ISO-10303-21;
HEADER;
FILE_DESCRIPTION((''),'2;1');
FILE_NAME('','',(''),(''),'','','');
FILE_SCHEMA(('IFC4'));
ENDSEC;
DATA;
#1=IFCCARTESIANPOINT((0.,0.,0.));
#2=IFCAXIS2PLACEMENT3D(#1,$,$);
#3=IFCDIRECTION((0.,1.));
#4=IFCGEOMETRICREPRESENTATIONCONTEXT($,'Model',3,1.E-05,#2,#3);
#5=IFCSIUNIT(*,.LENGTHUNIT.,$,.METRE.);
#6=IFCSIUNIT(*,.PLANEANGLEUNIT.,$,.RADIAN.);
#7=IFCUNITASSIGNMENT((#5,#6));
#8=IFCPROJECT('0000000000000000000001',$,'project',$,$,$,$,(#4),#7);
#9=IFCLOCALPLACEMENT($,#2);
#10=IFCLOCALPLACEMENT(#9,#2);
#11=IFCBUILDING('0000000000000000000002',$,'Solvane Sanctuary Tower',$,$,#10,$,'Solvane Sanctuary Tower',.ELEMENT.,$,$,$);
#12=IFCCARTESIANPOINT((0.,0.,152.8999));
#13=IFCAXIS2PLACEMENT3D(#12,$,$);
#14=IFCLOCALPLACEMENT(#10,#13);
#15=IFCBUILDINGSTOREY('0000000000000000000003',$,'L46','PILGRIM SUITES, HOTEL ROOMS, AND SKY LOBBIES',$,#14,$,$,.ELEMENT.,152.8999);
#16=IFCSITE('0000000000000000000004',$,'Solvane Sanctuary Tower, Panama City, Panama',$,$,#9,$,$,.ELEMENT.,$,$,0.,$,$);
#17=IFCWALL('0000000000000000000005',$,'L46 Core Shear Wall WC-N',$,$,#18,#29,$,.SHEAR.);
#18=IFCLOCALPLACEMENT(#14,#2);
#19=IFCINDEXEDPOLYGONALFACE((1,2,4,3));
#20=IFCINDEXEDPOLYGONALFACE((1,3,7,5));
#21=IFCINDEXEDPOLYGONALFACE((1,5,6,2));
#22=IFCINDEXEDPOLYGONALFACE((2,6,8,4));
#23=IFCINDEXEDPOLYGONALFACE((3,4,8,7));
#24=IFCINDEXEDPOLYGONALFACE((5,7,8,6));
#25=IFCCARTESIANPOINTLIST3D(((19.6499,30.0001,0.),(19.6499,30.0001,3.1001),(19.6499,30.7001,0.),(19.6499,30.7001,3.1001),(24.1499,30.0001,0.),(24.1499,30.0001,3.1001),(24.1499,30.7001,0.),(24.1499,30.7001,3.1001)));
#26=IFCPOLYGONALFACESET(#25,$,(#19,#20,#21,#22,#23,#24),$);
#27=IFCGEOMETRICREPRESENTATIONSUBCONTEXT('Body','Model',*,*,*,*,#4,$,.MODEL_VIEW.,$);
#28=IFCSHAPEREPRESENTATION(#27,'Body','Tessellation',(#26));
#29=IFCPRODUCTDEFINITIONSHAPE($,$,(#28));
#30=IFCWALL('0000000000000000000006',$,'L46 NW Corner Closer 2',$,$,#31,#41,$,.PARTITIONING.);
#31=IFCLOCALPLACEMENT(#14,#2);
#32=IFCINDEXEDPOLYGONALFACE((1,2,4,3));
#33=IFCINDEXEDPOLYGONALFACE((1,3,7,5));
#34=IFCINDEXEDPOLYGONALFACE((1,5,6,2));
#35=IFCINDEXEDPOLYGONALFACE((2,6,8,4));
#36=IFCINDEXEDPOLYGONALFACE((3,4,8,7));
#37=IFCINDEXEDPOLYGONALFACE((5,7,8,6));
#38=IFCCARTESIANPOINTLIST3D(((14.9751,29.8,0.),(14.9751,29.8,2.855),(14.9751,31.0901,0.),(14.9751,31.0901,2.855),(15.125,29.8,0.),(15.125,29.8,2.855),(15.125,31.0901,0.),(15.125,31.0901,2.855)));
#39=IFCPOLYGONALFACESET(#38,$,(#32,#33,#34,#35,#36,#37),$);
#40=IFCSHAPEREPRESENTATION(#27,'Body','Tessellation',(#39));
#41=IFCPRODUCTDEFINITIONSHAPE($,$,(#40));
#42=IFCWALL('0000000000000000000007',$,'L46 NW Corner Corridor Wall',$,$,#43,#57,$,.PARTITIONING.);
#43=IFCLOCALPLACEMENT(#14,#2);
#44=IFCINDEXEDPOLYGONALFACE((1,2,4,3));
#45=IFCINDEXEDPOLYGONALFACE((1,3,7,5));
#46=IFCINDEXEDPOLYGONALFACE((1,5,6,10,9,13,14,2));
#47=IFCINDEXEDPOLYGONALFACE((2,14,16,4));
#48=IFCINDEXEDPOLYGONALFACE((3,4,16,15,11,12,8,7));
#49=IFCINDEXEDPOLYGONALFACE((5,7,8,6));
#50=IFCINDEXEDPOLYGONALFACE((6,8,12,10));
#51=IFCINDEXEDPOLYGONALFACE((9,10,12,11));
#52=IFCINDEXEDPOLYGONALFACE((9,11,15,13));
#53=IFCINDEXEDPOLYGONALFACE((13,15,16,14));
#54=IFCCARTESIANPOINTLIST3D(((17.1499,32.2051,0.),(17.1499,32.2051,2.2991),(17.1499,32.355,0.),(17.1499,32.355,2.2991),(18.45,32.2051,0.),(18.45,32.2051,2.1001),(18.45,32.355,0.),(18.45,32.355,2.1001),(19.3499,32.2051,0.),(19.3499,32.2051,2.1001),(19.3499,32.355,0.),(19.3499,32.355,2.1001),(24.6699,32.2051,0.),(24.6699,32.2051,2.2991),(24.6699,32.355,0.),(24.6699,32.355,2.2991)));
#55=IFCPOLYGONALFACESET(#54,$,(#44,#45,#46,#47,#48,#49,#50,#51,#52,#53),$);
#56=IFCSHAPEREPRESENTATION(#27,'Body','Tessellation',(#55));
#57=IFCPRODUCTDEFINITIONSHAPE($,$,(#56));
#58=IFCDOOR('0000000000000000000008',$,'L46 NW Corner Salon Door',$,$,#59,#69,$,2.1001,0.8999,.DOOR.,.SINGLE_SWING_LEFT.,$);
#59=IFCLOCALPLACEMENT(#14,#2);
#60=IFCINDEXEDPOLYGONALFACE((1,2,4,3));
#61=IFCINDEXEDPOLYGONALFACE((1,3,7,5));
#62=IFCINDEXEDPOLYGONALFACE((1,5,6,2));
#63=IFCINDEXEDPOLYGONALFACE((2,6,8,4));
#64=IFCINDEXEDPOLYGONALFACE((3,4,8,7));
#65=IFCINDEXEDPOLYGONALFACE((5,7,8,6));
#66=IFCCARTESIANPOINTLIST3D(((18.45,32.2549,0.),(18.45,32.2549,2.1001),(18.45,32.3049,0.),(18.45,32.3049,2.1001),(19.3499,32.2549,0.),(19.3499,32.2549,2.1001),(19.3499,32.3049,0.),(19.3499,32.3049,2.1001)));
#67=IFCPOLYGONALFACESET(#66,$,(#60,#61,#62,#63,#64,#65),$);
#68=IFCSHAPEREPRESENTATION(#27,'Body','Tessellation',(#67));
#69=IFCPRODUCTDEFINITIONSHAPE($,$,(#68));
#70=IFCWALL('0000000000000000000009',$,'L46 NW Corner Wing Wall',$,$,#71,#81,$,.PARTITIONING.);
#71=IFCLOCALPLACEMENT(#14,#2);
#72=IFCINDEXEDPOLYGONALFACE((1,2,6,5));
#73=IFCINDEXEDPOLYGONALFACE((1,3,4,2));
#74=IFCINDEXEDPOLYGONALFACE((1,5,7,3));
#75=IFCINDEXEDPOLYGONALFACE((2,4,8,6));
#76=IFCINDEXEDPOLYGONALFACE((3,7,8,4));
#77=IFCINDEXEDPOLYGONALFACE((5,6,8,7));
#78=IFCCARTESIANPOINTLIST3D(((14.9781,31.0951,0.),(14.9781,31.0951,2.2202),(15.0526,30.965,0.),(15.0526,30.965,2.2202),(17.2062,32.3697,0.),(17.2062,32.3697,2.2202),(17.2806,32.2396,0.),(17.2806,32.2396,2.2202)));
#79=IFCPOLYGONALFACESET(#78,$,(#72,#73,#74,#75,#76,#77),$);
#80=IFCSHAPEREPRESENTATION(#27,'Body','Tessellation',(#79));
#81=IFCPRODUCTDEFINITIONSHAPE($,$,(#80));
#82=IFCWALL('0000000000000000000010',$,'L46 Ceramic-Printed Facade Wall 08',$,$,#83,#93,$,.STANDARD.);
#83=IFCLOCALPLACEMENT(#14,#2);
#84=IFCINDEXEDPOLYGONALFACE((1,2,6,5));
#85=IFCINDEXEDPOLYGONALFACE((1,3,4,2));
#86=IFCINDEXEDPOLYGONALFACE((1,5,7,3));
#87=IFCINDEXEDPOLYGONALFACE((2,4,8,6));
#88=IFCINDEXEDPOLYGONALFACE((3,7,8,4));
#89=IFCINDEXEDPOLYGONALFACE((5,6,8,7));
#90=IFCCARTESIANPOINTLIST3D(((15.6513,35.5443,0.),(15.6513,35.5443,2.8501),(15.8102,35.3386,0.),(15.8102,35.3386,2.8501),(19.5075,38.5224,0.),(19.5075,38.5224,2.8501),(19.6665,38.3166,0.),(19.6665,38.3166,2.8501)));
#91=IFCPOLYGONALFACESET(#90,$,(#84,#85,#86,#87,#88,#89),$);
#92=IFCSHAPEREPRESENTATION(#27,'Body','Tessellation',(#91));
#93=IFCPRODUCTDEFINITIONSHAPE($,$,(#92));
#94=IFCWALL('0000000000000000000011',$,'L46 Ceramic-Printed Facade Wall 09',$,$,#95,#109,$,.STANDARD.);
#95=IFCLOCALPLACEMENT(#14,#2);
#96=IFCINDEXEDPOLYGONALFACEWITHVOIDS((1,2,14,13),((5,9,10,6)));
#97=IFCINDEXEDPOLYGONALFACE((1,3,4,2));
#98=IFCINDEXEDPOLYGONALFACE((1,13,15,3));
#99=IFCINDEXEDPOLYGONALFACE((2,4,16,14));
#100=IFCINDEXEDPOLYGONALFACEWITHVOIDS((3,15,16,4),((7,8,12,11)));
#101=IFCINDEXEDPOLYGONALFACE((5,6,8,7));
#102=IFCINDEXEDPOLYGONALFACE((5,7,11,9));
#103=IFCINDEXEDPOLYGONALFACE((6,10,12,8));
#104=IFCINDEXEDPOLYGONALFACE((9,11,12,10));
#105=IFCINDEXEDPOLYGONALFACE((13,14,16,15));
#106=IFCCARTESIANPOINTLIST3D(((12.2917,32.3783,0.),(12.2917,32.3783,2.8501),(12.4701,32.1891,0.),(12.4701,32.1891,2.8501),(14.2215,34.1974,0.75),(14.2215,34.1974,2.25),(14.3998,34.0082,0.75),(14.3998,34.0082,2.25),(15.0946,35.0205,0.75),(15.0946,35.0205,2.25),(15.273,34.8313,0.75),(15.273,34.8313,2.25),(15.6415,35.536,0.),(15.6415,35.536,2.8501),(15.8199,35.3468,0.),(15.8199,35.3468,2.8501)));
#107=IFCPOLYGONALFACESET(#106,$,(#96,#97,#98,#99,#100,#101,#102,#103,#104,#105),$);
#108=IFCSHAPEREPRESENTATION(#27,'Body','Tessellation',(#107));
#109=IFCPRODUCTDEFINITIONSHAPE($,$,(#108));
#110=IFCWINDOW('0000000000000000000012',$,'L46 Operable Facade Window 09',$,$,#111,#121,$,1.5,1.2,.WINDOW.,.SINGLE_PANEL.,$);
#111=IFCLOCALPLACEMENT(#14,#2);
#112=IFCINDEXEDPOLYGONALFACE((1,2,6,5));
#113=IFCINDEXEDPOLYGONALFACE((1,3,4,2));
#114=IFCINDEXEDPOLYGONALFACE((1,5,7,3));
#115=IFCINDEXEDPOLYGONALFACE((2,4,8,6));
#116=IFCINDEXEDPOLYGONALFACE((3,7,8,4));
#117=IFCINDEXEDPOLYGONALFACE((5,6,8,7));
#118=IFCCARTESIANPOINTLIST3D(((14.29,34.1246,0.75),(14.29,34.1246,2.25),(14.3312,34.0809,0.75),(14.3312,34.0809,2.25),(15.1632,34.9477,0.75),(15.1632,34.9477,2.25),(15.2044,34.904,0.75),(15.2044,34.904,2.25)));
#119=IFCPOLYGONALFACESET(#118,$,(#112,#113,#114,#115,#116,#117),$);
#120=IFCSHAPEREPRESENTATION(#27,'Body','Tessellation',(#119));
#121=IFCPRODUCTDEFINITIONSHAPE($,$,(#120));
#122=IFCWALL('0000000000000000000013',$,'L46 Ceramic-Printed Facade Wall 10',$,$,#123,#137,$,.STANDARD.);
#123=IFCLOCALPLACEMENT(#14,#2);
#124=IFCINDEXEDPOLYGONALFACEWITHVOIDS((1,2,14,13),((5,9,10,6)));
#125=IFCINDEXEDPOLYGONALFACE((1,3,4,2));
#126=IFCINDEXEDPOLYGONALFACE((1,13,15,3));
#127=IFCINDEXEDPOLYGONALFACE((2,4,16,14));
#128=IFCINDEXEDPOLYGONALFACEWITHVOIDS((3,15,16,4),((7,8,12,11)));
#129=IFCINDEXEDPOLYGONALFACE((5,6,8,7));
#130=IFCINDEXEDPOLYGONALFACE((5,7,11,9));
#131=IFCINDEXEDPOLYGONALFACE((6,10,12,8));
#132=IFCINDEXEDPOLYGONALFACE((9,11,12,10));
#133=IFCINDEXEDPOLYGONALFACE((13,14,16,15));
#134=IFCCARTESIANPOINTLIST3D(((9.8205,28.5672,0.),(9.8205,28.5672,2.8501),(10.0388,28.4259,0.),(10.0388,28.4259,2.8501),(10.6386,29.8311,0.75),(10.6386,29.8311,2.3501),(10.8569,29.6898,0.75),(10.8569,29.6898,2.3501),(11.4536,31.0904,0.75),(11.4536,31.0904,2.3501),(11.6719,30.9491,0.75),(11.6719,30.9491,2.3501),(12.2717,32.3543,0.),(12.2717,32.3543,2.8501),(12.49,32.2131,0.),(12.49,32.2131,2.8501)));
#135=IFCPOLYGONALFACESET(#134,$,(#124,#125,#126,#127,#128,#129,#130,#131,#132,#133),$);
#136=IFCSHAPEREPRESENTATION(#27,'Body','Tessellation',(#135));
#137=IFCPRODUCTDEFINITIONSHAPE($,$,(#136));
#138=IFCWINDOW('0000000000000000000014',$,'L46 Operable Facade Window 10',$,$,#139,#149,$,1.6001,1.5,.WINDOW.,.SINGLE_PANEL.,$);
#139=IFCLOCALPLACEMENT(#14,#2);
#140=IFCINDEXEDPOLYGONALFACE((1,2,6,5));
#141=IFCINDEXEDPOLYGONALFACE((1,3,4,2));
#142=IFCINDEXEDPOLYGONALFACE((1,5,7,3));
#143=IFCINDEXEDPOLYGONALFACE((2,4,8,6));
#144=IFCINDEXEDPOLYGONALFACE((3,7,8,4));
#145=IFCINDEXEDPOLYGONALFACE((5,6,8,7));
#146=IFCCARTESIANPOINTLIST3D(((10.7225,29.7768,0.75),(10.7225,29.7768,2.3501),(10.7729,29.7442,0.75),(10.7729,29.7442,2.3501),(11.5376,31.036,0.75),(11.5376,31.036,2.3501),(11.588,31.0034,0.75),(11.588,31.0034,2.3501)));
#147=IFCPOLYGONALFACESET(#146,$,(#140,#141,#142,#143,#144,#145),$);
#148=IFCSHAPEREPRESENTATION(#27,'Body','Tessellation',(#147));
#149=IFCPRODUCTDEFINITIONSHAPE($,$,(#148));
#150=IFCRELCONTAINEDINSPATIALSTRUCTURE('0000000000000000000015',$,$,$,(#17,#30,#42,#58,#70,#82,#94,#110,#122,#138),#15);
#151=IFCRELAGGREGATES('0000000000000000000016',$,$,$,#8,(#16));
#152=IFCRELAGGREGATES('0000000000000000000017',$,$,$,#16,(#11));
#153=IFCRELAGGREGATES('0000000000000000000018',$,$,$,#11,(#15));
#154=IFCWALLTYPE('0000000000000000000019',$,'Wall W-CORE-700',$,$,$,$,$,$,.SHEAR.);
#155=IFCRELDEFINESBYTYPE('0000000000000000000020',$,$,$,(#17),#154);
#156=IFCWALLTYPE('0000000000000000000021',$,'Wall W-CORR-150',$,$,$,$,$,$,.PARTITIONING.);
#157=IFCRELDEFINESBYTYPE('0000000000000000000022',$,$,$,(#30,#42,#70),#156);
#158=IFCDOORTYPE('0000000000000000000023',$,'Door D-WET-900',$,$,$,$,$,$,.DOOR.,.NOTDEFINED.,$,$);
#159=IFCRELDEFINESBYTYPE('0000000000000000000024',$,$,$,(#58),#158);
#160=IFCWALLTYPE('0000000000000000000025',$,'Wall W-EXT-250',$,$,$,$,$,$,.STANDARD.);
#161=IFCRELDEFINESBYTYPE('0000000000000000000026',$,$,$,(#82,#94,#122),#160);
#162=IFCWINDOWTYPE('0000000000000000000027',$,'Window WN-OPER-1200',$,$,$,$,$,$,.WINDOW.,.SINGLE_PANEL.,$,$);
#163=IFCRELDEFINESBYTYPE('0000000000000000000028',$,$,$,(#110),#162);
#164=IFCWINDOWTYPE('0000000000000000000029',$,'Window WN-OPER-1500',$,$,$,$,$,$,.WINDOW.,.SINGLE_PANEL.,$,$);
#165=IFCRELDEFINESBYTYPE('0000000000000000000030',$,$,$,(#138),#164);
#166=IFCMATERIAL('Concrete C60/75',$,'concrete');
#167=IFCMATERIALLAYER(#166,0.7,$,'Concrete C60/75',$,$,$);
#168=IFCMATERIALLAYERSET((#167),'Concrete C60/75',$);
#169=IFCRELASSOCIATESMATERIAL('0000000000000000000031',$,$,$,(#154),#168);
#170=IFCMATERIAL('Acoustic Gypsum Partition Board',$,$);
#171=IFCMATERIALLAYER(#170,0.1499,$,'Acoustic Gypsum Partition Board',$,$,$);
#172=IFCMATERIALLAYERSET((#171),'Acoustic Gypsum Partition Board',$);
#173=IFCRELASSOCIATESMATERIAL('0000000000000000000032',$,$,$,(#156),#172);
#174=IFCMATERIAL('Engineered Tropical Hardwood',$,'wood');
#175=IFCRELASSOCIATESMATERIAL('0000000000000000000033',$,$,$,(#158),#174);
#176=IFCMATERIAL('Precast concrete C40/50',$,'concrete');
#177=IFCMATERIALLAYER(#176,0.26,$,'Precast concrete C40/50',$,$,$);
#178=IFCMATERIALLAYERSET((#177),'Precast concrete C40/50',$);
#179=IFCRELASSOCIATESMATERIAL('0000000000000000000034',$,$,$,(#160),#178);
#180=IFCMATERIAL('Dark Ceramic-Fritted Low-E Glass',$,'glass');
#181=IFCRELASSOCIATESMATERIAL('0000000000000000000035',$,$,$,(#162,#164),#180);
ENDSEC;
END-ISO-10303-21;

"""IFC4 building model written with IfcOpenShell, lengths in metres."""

from ifc_helpers import new_model, si_unit, direction, frame, frame_2d, origin, place, context, subcontext, project, spatial, rectangle, extrude, material, layer, layer_set, type_object, element, fill, save


model = new_model("IFC4")

# Units and contexts
model_context = context("Model", 3, precision=1e-05, world=origin(), true_north=direction((0.0, 1.0)))
body_context = subcontext(model_context, "Body", "Model", "MODEL_VIEW")
ifc_project = project(units=[si_unit("LENGTHUNIT", "METRE"), si_unit("PLANEANGLEUNIT", "RADIAN")], contexts=[model_context])

# Site, building, storey
site_placement = place(None, origin())
site = spatial("IfcSite", under=ifc_project, at=site_placement, Name="Solvane Sanctuary Tower, Panama City, Panama", CompositionType="ELEMENT", RefElevation=0.0)
building_placement = place(site_placement, origin())
building = spatial("IfcBuilding", under=site, at=building_placement, Name="Solvane Sanctuary Tower", LongName="Solvane Sanctuary Tower", CompositionType="ELEMENT")
storey_placement = place(building_placement, frame((0.0, 0.0, 152.8999)))
storey = spatial("IfcBuildingStorey", under=building, at=storey_placement, Name="L46", Description="PILGRIM SUITES, HOTEL ROOMS, AND SKY LOBBIES", CompositionType="ELEMENT", Elevation=152.8999)

# Shared definitions
ifc_material_1 = material(Name="Concrete C60/75", Category="concrete")

# Walls
ifc_layer_1 = layer(ifc_material_1, 0.7, Name="Concrete C60/75")
ifc_layer_set_1 = layer_set([ifc_layer_1], Name="Concrete C60/75")
wall_type_1 = type_object("IfcWallType", Name="Wall W-CORE-700", PredefinedType="SHEAR", material=ifc_layer_set_1)
wall_1_placement = place(storey_placement, frame((19.6499, 30.3501, 0.0), z_axis=(0.0, 0.0, 1.0), x_axis=(1.0, 0.0, 0.0)))
element("IfcWall", 1, at=wall_1_placement, inside=storey, type_object=wall_type_1, Name="L46 Core Shear Wall WC-N", PredefinedType="SHEAR", context=body_context, shape_type="SweptSolid", body=[
    extrude(rectangle(XDim=4.5, YDim=0.7, at=frame_2d((2.25, 0.0))), origin(), (0.0, 0.0, 1.0), 3.1001),
])
ifc_material_2 = material(Name="Acoustic Gypsum Partition Board")
ifc_layer_2 = layer(ifc_material_2, 0.1499, Name="Acoustic Gypsum Partition Board")
ifc_layer_set_2 = layer_set([ifc_layer_2], Name="Acoustic Gypsum Partition Board")
wall_type_2 = type_object("IfcWallType", Name="Wall W-CORR-150", PredefinedType="PARTITIONING", material=ifc_layer_set_2)
wall_2_placement = place(storey_placement, frame((15.05, 29.8, 0.0), z_axis=(0.0, 0.0, 1.0), x_axis=(0.0, 1.0, 0.0)))
element("IfcWall", 2, at=wall_2_placement, inside=storey, type_object=wall_type_2, Name="L46 NW Corner Closer 2", PredefinedType="PARTITIONING", context=body_context, shape_type="SweptSolid", body=[
    extrude(rectangle(XDim=1.29, YDim=0.1499, at=frame_2d((0.645, 0.0))), origin(), (0.0, 0.0, 1.0), 2.855),
])

# Wall, opening, door
wall_3_placement = place(storey_placement, frame((17.1499, 32.28, 0.0), z_axis=(0.0, 0.0, 1.0), x_axis=(1.0, 0.0, 0.0)))
wall_3 = element("IfcWall", 3, at=wall_3_placement, inside=storey, type_object=wall_type_2, Name="L46 NW Corner Corridor Wall", PredefinedType="PARTITIONING", context=body_context, shape_type="SweptSolid", body=[
    extrude(rectangle(XDim=7.52, YDim=0.1499, at=frame_2d((3.76, 0.0))), origin(), (0.0, 0.0, 1.0), 2.2991),
])
opening_1_placement = place(wall_3_placement, frame((1.3, 0.0, 0.0)))
opening_1 = element("IfcOpeningElement", 4, at=opening_1_placement, cuts=wall_3, PredefinedType="OPENING", context=body_context, shape_type="SweptSolid", body=[
    extrude(rectangle(XDim=0.8999, YDim=2.1001, at=frame_2d((0.45, 1.05))), frame((0.0, 0.085, 0.0), z_axis=(0.0, -1.0, 0.0), x_axis=(1.0, 0.0, 0.0)), (0.0, 0.0, 1.0), 0.1699),
])
ifc_material_3 = material(Name="Engineered Tropical Hardwood", Category="wood")
door_type_1 = type_object("IfcDoorType", Name="Door D-WET-900", OperationType="NOTDEFINED", PredefinedType="DOOR", material=ifc_material_3)
door_1_placement = place(opening_1_placement, origin())
door_1 = element("IfcDoor", 5, at=door_1_placement, inside=storey, type_object=door_type_1, Name="L46 NW Corner Salon Door", OperationType="SINGLE_SWING_LEFT", OverallHeight=2.1001, OverallWidth=0.8999, PredefinedType="DOOR", context=body_context, shape_type="SweptSolid", body=[
    extrude(rectangle(XDim=0.8999, YDim=2.1001, at=frame_2d((0.45, 1.05))), frame((0.0, 0.0249, 0.0), z_axis=(0.0, -1.0, 0.0), x_axis=(1.0, 0.0, 0.0)), (0.0, 0.0, 1.0), 0.05),
])
fill(opening_1, door_1)

# Walls
wall_4_placement = place(storey_placement, frame((17.2434, 32.3047, 0.0), z_axis=(0.0, 0.0, 1.0), x_axis=(-0.867991, -0.496579, 0.0)))
element("IfcWall", 6, at=wall_4_placement, inside=storey, type_object=wall_type_2, Name="L46 NW Corner Wing Wall", PredefinedType="PARTITIONING", context=body_context, shape_type="SweptSolid", body=[
    extrude(rectangle(XDim=2.5669, YDim=0.1499, at=frame_2d((1.2834, 0.0))), origin(), (0.0, 0.0, 1.0), 2.2202),
])
ifc_material_4 = material(Name="Precast concrete C40/50", Category="concrete")
ifc_layer_3 = layer(ifc_material_4, 0.26, Name="Precast concrete C40/50")
ifc_layer_set_3 = layer_set([ifc_layer_3], Name="Precast concrete C40/50")
wall_type_3 = type_object("IfcWallType", Name="Wall W-EXT-250", PredefinedType="STANDARD", material=ifc_layer_set_3)
wall_5_placement = place(storey_placement, frame((19.5869, 38.4194, 0.0), z_axis=(0.0, 0.0, 1.0), x_axis=(-0.79146, -0.611221, 0.0)))
element("IfcWall", 7, at=wall_5_placement, inside=storey, type_object=wall_type_3, Name="L46 Ceramic-Printed Facade Wall 08", PredefinedType="STANDARD", context=body_context, shape_type="SweptSolid", body=[
    extrude(rectangle(XDim=4.8723, YDim=0.26, at=frame_2d((2.436, 0.0))), origin(), (0.0, 0.0, 1.0), 2.8501),
])

# Walls, openings, windows
wall_6_placement = place(storey_placement, frame((15.7307, 35.4414, 0.0), z_axis=(0.0, 0.0, 1.0), x_axis=(-0.727667, -0.68593, 0.0)))
wall_6 = element("IfcWall", 8, at=wall_6_placement, inside=storey, type_object=wall_type_3, Name="L46 Ceramic-Printed Facade Wall 09", PredefinedType="STANDARD", context=body_context, shape_type="SweptSolid", body=[
    extrude(rectangle(XDim=4.6035, YDim=0.26, at=frame_2d((2.3018, 0.0))), origin(), (0.0, 0.0, 1.0), 2.8501),
])
opening_2_placement = place(wall_6_placement, frame((0.7515, 0.0, 0.75)))
opening_2 = element("IfcOpeningElement", 9, at=opening_2_placement, cuts=wall_6, PredefinedType="OPENING", context=body_context, shape_type="SweptSolid", body=[
    extrude(rectangle(XDim=1.2, YDim=1.5, at=frame_2d((0.6001, 0.75))), frame((0.0, 0.1399, 0.0), z_axis=(0.0, -1.0, 0.0), x_axis=(1.0, 0.0, 0.0)), (0.0, 0.0, 1.0), 0.28),
])
ifc_material_5 = material(Name="Dark Ceramic-Fritted Low-E Glass", Category="glass")
window_type_1 = type_object("IfcWindowType", Name="Window WN-OPER-1200", PartitioningType="SINGLE_PANEL", PredefinedType="WINDOW", material=ifc_material_5)
window_1_placement = place(opening_2_placement, origin())
window_1 = element("IfcWindow", 10, at=window_1_placement, inside=storey, type_object=window_type_1, Name="L46 Operable Facade Window 09", OverallHeight=1.5, OverallWidth=1.2, PartitioningType="SINGLE_PANEL", PredefinedType="WINDOW", context=body_context, shape_type="SweptSolid", body=[
    extrude(rectangle(XDim=1.2, YDim=1.5, at=frame_2d((0.6001, 0.75))), frame((0.0, 0.03, 0.0), z_axis=(0.0, -1.0, 0.0), x_axis=(1.0, 0.0, 0.0)), (0.0, 0.0, 1.0), 0.0601),
])
fill(opening_2, window_1)
wall_7_placement = place(storey_placement, frame((12.3809, 32.2837, 0.0), z_axis=(0.0, 0.0, 1.0), x_axis=(-0.543359, -0.8395, 0.0)))
wall_7 = element("IfcWall", 11, at=wall_7_placement, inside=storey, type_object=wall_type_3, Name="L46 Ceramic-Printed Facade Wall 10", PredefinedType="STANDARD", context=body_context, shape_type="SweptSolid", body=[
    extrude(rectangle(XDim=4.5112, YDim=0.26, at=frame_2d((2.2556, 0.0))), origin(), (0.0, 0.0, 1.0), 2.8501),
])
opening_3_placement = place(wall_7_placement, frame((1.5056, 0.0, 0.75)))
opening_3 = element("IfcOpeningElement", 12, at=opening_3_placement, cuts=wall_7, PredefinedType="OPENING", context=body_context, shape_type="SweptSolid", body=[
    extrude(rectangle(XDim=1.5, YDim=1.6001, at=frame_2d((0.75, 0.8))), frame((0.0, 0.1399, 0.0), z_axis=(0.0, -1.0, 0.0), x_axis=(1.0, 0.0, 0.0)), (0.0, 0.0, 1.0), 0.28),
])
window_type_2 = type_object("IfcWindowType", Name="Window WN-OPER-1500", PartitioningType="SINGLE_PANEL", PredefinedType="WINDOW", material=ifc_material_5)
window_2_placement = place(opening_3_placement, origin())
window_2 = element("IfcWindow", 13, at=window_2_placement, inside=storey, type_object=window_type_2, Name="L46 Operable Facade Window 10", OverallHeight=1.6001, OverallWidth=1.5, PartitioningType="SINGLE_PANEL", PredefinedType="WINDOW", context=body_context, shape_type="SweptSolid", body=[
    extrude(rectangle(XDim=1.5, YDim=1.6001, at=frame_2d((0.75, 0.8))), frame((0.0, 0.03, 0.0), z_axis=(0.0, -1.0, 0.0), x_axis=(1.0, 0.0, 0.0)), (0.0, 0.0, 1.0), 0.0601),
])
fill(opening_3, window_2)

save(model, "model.ifc")
